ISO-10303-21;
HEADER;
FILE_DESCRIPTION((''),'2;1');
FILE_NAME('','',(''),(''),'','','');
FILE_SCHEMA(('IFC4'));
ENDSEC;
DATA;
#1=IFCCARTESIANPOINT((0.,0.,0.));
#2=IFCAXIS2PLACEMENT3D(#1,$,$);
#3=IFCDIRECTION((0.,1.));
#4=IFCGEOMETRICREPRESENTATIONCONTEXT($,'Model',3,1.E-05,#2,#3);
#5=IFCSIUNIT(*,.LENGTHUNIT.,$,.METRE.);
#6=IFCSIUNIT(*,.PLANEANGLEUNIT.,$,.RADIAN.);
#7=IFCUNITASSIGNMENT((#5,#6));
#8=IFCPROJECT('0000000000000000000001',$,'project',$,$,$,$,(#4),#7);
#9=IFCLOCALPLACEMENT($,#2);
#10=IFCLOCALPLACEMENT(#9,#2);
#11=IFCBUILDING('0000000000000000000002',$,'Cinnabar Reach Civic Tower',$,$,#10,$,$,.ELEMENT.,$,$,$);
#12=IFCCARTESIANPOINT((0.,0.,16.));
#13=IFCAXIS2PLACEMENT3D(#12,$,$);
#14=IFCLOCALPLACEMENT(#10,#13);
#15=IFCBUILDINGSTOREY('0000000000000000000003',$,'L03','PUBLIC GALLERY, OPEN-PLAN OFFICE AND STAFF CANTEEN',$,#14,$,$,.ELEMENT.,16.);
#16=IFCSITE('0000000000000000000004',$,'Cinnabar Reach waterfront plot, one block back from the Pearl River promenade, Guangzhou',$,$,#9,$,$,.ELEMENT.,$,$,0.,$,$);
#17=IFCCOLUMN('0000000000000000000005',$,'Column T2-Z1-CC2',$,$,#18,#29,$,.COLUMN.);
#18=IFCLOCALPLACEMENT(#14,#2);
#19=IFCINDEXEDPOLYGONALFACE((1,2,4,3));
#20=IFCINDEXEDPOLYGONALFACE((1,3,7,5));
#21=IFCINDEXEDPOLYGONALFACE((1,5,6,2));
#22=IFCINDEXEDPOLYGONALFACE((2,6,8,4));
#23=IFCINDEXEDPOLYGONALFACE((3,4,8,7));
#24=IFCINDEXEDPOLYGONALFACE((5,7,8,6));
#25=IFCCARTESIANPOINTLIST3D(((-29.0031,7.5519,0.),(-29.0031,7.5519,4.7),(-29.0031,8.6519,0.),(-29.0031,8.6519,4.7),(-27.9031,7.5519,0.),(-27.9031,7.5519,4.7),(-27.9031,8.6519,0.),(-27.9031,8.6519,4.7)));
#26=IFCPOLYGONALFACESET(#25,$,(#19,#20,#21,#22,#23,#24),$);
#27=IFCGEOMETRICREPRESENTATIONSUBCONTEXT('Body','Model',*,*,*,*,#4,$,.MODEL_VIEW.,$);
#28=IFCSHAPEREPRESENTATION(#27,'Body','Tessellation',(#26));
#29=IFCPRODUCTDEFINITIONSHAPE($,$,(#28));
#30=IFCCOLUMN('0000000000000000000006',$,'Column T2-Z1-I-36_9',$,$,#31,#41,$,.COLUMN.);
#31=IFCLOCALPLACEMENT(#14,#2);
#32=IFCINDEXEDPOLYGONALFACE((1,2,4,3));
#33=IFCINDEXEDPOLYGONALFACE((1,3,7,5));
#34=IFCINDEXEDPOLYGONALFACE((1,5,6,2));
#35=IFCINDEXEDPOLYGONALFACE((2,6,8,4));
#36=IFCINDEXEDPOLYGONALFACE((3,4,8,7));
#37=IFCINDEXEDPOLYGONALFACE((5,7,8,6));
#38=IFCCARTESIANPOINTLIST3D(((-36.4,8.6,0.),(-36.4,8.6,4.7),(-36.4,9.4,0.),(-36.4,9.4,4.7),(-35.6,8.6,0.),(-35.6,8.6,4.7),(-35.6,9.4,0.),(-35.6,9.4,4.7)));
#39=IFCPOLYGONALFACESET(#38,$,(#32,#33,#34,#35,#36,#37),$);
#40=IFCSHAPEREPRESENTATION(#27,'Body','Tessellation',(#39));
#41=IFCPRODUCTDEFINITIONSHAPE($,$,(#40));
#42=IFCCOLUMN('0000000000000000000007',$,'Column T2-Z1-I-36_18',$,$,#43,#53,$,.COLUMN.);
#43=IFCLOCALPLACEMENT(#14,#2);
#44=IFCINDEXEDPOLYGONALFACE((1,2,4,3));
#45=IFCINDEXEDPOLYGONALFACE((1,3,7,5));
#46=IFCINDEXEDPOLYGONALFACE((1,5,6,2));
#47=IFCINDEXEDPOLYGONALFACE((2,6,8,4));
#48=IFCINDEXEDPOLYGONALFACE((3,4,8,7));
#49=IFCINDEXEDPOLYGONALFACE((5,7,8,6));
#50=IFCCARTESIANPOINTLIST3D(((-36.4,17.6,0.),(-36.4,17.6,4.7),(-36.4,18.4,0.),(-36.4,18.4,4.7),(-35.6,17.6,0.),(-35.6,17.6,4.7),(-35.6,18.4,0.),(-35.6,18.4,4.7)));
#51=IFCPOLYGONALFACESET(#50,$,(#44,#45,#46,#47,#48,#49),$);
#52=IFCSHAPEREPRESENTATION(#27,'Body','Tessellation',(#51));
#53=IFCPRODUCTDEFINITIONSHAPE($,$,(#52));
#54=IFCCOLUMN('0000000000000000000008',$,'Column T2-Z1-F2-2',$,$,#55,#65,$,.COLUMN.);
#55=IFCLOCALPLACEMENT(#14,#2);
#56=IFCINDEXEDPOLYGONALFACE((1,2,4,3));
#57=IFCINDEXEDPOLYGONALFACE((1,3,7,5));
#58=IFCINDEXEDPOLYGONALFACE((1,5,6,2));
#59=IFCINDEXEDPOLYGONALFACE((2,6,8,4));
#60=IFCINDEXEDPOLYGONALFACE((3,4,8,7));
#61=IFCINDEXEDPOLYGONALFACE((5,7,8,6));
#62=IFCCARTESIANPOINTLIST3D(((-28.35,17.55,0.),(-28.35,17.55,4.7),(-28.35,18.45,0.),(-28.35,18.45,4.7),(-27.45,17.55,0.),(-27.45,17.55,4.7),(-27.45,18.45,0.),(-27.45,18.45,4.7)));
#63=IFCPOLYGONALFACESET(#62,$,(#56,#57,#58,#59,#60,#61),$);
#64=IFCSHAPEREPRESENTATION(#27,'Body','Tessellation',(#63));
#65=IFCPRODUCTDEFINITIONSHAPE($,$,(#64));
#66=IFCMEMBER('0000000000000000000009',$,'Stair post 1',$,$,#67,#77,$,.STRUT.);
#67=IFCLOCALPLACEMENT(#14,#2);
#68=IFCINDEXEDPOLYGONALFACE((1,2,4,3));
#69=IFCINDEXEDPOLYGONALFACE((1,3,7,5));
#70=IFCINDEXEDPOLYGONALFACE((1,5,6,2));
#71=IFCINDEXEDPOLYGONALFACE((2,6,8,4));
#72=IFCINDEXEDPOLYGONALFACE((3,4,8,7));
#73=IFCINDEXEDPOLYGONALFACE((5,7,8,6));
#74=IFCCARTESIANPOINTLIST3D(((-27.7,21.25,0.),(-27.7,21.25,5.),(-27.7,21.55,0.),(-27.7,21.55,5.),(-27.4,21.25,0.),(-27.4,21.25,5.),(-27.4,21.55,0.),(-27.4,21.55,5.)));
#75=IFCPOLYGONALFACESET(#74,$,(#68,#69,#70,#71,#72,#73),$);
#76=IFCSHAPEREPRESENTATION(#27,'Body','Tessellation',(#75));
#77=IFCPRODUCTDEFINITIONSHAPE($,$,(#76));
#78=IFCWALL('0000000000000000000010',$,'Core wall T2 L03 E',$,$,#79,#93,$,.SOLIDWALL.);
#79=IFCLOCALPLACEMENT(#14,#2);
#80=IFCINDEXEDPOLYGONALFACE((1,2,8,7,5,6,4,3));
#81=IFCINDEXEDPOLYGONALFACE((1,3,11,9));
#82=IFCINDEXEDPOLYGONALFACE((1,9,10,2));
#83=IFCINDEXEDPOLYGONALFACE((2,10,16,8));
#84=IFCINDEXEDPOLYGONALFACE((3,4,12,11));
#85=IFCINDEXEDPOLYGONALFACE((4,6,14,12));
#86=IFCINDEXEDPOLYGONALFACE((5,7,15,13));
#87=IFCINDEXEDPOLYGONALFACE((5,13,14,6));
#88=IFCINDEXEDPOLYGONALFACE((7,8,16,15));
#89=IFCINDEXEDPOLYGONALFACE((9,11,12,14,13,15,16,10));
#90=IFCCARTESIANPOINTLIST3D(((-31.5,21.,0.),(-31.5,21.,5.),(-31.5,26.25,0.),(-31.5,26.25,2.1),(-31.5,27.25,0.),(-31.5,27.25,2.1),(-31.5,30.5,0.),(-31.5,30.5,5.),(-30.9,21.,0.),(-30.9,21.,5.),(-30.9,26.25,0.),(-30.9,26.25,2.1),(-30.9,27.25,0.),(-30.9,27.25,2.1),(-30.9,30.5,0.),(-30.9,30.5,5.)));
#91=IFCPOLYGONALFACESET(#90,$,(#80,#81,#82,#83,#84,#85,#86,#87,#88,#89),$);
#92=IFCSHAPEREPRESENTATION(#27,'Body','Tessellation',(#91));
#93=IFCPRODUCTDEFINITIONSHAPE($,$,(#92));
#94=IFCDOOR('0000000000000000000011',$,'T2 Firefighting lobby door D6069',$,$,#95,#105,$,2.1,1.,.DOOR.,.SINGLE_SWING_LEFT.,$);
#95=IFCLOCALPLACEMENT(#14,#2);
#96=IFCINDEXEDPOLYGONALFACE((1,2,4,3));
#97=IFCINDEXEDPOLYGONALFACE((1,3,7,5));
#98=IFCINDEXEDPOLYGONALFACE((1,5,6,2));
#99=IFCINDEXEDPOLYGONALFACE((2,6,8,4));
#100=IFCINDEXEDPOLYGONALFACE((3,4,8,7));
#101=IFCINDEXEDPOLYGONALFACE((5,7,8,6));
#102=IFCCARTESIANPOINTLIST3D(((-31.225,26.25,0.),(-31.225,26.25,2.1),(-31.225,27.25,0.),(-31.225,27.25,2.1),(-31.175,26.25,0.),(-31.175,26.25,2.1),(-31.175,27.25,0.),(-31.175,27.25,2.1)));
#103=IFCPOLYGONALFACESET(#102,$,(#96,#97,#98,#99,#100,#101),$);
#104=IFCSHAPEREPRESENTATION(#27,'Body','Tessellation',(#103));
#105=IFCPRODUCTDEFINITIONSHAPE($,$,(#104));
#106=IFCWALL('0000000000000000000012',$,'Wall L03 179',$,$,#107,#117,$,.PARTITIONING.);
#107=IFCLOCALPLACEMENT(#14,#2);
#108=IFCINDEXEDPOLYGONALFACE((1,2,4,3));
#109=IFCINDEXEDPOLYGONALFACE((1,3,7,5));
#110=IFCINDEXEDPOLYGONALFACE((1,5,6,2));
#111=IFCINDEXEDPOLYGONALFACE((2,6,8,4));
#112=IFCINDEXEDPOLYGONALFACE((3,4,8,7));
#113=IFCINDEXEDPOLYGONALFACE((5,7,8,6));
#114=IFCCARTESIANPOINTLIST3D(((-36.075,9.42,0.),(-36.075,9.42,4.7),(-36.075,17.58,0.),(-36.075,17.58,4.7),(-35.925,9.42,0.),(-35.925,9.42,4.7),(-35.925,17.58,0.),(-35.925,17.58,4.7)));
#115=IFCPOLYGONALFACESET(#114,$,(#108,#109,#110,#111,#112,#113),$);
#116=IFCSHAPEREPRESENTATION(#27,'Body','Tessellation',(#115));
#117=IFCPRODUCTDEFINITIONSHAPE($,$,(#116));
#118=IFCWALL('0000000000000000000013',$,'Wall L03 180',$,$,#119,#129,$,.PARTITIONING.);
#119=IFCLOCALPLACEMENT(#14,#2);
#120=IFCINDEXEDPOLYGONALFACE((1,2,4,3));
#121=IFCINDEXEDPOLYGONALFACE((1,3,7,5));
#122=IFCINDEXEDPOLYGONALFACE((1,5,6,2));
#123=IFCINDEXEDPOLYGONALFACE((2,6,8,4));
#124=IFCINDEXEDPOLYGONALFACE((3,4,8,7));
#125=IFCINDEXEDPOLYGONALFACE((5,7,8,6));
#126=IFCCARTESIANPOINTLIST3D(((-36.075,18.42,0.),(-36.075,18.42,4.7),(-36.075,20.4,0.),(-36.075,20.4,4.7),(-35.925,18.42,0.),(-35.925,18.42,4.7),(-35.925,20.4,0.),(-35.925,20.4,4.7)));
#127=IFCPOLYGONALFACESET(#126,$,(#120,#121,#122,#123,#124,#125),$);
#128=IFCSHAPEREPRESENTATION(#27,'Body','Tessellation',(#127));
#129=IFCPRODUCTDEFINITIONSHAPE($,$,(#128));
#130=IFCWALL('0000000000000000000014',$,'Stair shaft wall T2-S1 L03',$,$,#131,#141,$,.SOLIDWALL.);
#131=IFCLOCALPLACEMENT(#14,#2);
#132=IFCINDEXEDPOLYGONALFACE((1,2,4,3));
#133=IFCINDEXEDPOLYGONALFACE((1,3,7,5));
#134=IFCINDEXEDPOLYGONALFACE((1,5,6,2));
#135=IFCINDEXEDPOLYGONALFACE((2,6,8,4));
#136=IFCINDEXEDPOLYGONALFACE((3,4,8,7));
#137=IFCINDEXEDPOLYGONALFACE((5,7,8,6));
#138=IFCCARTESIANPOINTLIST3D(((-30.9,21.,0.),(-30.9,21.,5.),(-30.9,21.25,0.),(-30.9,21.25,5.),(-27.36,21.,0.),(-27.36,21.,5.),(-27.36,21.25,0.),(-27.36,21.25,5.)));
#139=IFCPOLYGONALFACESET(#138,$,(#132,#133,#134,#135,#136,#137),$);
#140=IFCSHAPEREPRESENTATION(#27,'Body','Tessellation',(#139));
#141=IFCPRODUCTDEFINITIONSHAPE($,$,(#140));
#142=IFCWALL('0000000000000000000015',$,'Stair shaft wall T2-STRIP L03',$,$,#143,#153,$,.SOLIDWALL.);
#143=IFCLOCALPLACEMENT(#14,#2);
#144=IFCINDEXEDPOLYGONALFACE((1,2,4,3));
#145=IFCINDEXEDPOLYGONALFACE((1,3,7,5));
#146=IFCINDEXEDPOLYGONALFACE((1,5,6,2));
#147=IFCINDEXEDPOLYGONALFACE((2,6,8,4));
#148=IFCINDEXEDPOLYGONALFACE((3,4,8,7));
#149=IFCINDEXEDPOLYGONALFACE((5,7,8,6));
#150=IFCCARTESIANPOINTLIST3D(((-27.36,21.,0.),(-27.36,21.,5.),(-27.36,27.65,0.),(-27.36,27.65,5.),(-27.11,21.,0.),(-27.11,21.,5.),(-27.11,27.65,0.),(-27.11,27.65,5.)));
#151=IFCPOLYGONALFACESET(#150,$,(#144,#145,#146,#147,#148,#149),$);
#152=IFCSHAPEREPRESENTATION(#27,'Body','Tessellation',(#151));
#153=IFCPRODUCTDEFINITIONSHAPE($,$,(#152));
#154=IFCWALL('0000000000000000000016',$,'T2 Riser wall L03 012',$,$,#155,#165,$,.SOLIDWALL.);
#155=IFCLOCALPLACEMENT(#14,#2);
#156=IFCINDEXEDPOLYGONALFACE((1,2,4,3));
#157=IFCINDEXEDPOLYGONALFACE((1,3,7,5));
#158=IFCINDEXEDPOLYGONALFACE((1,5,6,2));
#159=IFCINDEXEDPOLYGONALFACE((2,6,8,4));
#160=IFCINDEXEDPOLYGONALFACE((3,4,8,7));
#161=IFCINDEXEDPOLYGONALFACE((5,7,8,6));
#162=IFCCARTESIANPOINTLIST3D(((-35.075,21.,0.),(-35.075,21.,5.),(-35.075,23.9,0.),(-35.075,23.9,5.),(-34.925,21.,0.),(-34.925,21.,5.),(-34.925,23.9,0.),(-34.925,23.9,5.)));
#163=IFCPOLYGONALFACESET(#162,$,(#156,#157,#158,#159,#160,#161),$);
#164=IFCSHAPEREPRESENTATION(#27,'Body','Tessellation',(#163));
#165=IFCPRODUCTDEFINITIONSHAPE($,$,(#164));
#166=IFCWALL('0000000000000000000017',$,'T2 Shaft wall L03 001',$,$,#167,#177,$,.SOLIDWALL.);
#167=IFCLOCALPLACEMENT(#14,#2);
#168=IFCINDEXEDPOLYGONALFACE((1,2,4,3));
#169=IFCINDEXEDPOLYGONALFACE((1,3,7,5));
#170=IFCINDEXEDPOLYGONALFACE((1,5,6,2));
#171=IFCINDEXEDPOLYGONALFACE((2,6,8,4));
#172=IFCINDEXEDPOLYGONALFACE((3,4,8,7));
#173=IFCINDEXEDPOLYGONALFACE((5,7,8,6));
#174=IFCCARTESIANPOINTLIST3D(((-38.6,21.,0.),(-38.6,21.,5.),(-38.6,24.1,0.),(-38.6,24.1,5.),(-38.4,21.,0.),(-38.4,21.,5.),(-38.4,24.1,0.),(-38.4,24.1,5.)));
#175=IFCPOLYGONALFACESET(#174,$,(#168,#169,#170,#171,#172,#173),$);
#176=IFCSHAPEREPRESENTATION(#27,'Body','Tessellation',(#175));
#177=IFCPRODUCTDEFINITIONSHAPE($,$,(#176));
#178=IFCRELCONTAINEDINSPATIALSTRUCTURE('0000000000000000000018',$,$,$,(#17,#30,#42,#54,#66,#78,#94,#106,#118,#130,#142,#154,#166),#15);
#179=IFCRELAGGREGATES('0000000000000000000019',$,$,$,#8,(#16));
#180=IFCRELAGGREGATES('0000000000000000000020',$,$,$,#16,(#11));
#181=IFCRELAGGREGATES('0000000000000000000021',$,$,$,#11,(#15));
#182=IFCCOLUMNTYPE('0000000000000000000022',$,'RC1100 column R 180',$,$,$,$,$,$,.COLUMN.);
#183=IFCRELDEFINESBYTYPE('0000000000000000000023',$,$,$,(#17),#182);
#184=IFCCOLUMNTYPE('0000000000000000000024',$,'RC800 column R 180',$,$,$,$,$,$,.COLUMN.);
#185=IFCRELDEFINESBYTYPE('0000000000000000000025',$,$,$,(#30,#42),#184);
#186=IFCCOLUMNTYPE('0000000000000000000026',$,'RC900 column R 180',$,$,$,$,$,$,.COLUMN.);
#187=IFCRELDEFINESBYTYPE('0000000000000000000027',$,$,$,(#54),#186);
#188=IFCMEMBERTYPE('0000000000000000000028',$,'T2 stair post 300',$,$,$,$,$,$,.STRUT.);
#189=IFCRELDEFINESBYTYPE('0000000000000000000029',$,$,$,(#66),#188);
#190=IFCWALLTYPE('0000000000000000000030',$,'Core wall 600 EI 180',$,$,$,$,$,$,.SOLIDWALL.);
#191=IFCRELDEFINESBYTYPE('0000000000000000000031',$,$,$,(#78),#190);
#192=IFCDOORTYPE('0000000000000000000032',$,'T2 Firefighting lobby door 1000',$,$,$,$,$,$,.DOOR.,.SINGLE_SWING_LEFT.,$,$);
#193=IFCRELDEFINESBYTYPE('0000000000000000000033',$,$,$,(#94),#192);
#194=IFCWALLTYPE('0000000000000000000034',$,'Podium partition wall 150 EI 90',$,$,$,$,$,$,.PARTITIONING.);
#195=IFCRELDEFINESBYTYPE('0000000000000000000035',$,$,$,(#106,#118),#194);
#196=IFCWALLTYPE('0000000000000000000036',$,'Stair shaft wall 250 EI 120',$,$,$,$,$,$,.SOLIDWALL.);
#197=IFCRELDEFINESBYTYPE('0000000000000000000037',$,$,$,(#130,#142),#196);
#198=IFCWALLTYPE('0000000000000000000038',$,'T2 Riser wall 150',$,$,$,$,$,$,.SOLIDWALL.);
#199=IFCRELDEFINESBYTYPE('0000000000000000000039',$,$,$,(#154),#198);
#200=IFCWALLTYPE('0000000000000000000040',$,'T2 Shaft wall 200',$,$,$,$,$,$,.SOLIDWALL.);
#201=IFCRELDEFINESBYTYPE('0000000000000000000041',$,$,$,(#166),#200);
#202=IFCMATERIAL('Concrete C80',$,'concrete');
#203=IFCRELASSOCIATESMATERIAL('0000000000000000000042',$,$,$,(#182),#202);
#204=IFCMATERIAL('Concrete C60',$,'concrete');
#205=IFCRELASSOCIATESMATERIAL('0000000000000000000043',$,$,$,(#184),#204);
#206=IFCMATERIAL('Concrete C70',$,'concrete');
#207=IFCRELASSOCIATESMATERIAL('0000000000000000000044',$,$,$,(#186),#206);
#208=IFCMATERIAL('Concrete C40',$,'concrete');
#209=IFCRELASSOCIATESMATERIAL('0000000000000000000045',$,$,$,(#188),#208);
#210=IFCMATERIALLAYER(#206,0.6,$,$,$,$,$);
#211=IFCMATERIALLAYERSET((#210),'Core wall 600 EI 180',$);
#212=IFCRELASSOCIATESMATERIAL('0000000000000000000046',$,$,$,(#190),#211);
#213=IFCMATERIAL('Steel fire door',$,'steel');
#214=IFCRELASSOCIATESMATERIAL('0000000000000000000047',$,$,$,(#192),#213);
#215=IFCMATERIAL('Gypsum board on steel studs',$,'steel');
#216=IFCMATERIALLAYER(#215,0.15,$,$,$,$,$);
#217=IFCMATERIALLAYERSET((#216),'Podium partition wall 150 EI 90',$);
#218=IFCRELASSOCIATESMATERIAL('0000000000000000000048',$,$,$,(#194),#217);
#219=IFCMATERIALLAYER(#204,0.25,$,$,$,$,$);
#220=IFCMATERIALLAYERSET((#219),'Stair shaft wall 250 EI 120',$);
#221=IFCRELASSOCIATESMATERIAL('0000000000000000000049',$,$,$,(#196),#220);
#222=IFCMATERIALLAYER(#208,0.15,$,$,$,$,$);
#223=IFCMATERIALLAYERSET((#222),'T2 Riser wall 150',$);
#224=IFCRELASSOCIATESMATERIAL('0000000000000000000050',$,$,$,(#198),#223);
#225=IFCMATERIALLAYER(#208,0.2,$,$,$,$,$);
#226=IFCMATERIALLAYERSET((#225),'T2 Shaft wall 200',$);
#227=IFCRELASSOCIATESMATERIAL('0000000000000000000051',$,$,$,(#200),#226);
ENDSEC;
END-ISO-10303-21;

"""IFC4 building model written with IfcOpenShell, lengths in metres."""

from ifc_helpers import new_model, si_unit, direction, frame, frame_2d, origin, origin_2d, place, context, subcontext, project, spatial, rectangle, extrude, material, layer, layer_set, material_profile, profile_set, type_object, element, fill, save


model = new_model("IFC4")

# Units and contexts
model_context = context("Model", 3, precision=1e-05, world=origin(), true_north=direction((0.0, 1.0)))
body_context = subcontext(model_context, "Body", "Model", "MODEL_VIEW")
ifc_project = project(units=[si_unit("LENGTHUNIT", "METRE"), si_unit("PLANEANGLEUNIT", "RADIAN")], contexts=[model_context])

# Site, building, storey
site_placement = place(None, origin())
site = spatial("IfcSite", under=ifc_project, at=site_placement, Name="Cinnabar Reach waterfront plot, one block back from the Pearl River promenade, Guangzhou", CompositionType="ELEMENT", RefElevation=0.0)
building_placement = place(site_placement, origin())
building = spatial("IfcBuilding", under=site, at=building_placement, Name="Cinnabar Reach Civic Tower", CompositionType="ELEMENT")
storey_placement = place(building_placement, frame((0.0, 0.0, 16.0)))
storey = spatial("IfcBuildingStorey", under=building, at=storey_placement, Name="L03", Description="PUBLIC GALLERY, OPEN-PLAN OFFICE AND STAFF CANTEEN", CompositionType="ELEMENT", Elevation=16.0)

# Columns
ifc_material_1 = material(Name="Concrete C80", Category="concrete")
ifc_material_profile_1 = material_profile(ifc_material_1, rectangle(XDim=1.1, YDim=1.1, at=origin_2d()), Name="RC1100")
ifc_profile_set_1 = profile_set([ifc_material_profile_1], Name="Concrete C80")
column_type_1 = type_object("IfcColumnType", Name="RC1100 column R 180", PredefinedType="COLUMN", material=ifc_profile_set_1)
column_1_placement = place(storey_placement, frame((-28.4531, 8.1019, 0.0), z_axis=(0.0, 0.0, 1.0), x_axis=(1.0, 0.0, 0.0)))
element("IfcColumn", 1, at=column_1_placement, inside=storey, type_object=column_type_1, Name="Column T2-Z1-CC2", PredefinedType="COLUMN", context=body_context, shape_type="SweptSolid", body=[
    extrude(rectangle(XDim=1.1, YDim=1.1, at=origin_2d()), origin(), (0.0, 0.0, 1.0), 4.7),
])
ifc_material_2 = material(Name="Concrete C60", Category="concrete")
ifc_material_profile_2 = material_profile(ifc_material_2, rectangle(XDim=0.8, YDim=0.8, at=origin_2d()), Name="RC800")
ifc_profile_set_2 = profile_set([ifc_material_profile_2], Name="Concrete C60")
column_type_2 = type_object("IfcColumnType", Name="RC800 column R 180", PredefinedType="COLUMN", material=ifc_profile_set_2)
for number, where, z_axis, x_axis, name in (
    (2, (-36.0, 9.0, 0.0), (0.0, 0.0, 1.0), (1.0, 0.0, 0.0), "Column T2-Z1-I-36_9"),
    (3, (-36.0, 18.0, 0.0), (0.0, 0.0, 1.0), (1.0, 0.0, 0.0), "Column T2-Z1-I-36_18"),
):
    element("IfcColumn", number, at=place(storey_placement, frame(where, z_axis=z_axis, x_axis=x_axis)), inside=storey, type_object=column_type_2, Name=name, PredefinedType="COLUMN", context=body_context, shape_type="SweptSolid", body=[
        extrude(rectangle(XDim=0.8, YDim=0.8, at=origin_2d()), origin(), (0.0, 0.0, 1.0), 4.7),
    ])
ifc_material_3 = material(Name="Concrete C70", Category="concrete")
ifc_material_profile_3 = material_profile(ifc_material_3, rectangle(XDim=0.9, YDim=0.9, at=origin_2d()), Name="RC900")
ifc_profile_set_3 = profile_set([ifc_material_profile_3], Name="Concrete C70")
column_type_3 = type_object("IfcColumnType", Name="RC900 column R 180", PredefinedType="COLUMN", material=ifc_profile_set_3)
column_2_placement = place(storey_placement, frame((-27.9, 18.0, 0.0), z_axis=(0.0, 0.0, 1.0), x_axis=(1.0, 0.0, 0.0)))
element("IfcColumn", 4, at=column_2_placement, inside=storey, type_object=column_type_3, Name="Column T2-Z1-F2-2", PredefinedType="COLUMN", context=body_context, shape_type="SweptSolid", body=[
    extrude(rectangle(XDim=0.9, YDim=0.9, at=origin_2d()), origin(), (0.0, 0.0, 1.0), 4.7),
])

# Member
ifc_material_4 = material(Name="Concrete C40", Category="concrete")
ifc_material_profile_4 = material_profile(ifc_material_4, rectangle(XDim=0.3, YDim=0.3, at=origin_2d()), Name="C300")
ifc_profile_set_4 = profile_set([ifc_material_profile_4], Name="Concrete C40")
member_type = type_object("IfcMemberType", Name="T2 stair post 300", PredefinedType="STRUT", material=ifc_profile_set_4)
member_placement = place(storey_placement, frame((-27.55, 21.4, 0.0), z_axis=(0.0, 0.0, 1.0), x_axis=(1.0, 0.0, 0.0)))
element("IfcMember", 5, at=member_placement, inside=storey, type_object=member_type, Name="Stair post 1", PredefinedType="STRUT", context=body_context, shape_type="SweptSolid", body=[
    extrude(rectangle(XDim=0.3, YDim=0.3, at=origin_2d()), origin(), (0.0, 0.0, 1.0), 5.0),
])

# Wall, opening, door
ifc_layer_1 = layer(ifc_material_3, 0.6)
ifc_layer_set_1 = layer_set([ifc_layer_1], Name="Core wall 600 EI 180")
wall_type_1 = type_object("IfcWallType", Name="Core wall 600 EI 180", PredefinedType="SOLIDWALL", material=ifc_layer_set_1)
wall_1_placement = place(storey_placement, frame((-31.2, 21.0, 0.0), z_axis=(0.0, 0.0, 1.0), x_axis=(0.0, 1.0, 0.0)))
wall_1 = element("IfcWall", 6, at=wall_1_placement, inside=storey, type_object=wall_type_1, Name="Core wall T2 L03 E", PredefinedType="SOLIDWALL", context=body_context, shape_type="SweptSolid", body=[
    extrude(rectangle(XDim=9.5, YDim=0.6, at=frame_2d((4.75, 0.0))), origin(), (0.0, 0.0, 1.0), 5.0),
])
opening_placement = place(wall_1_placement, frame((5.25, 0.0, 0.0)))
opening = element("IfcOpeningElement", 7, at=opening_placement, cuts=wall_1, PredefinedType="OPENING", context=body_context, shape_type="SweptSolid", body=[
    extrude(rectangle(XDim=1.0, YDim=2.1, at=frame_2d((0.5, 1.05))), frame((0.0, 0.31, 0.0), z_axis=(0.0, -1.0, 0.0), x_axis=(1.0, 0.0, 0.0)), (0.0, 0.0, 1.0), 0.62),
])
ifc_material_5 = material(Name="Steel fire door", Category="steel")
door_type = type_object("IfcDoorType", Name="T2 Firefighting lobby door 1000", OperationType="SINGLE_SWING_LEFT", PredefinedType="DOOR", material=ifc_material_5)
door_placement = place(opening_placement, frame((1.0, 0.0, 0.0), z_axis=(0.0, 0.0, 1.0), x_axis=(-1.0, 0.0, 0.0)))
door = element("IfcDoor", 8, at=door_placement, inside=storey, type_object=door_type, Name="T2 Firefighting lobby door D6069", OperationType="SINGLE_SWING_LEFT", OverallHeight=2.1, OverallWidth=1.0, PredefinedType="DOOR", context=body_context, shape_type="SweptSolid", body=[
    extrude(rectangle(XDim=1.0, YDim=2.1, at=frame_2d((0.5, 1.05))), frame((0.0, 0.025, 0.0), z_axis=(0.0, -1.0, 0.0), x_axis=(1.0, 0.0, 0.0)), (0.0, 0.0, 1.0), 0.05),
])
fill(opening, door)

# Walls
ifc_material_6 = material(Name="Gypsum board on steel studs", Category="steel")
ifc_layer_2 = layer(ifc_material_6, 0.15)
ifc_layer_set_2 = layer_set([ifc_layer_2], Name="Podium partition wall 150 EI 90")
wall_type_2 = type_object("IfcWallType", Name="Podium partition wall 150 EI 90", PredefinedType="PARTITIONING", material=ifc_layer_set_2)
wall_2_placement = place(storey_placement, frame((-36.0, 9.42, 0.0), z_axis=(0.0, 0.0, 1.0), x_axis=(0.0, 1.0, 0.0)))
element("IfcWall", 9, at=wall_2_placement, inside=storey, type_object=wall_type_2, Name="Wall L03 179", PredefinedType="PARTITIONING", context=body_context, shape_type="SweptSolid", body=[
    extrude(rectangle(XDim=8.16, YDim=0.15, at=frame_2d((4.08, 0.0))), origin(), (0.0, 0.0, 1.0), 4.7),
])
wall_3_placement = place(storey_placement, frame((-36.0, 18.42, 0.0), z_axis=(0.0, 0.0, 1.0), x_axis=(0.0, 1.0, 0.0)))
element("IfcWall", 10, at=wall_3_placement, inside=storey, type_object=wall_type_2, Name="Wall L03 180", PredefinedType="PARTITIONING", context=body_context, shape_type="SweptSolid", body=[
    extrude(rectangle(XDim=1.98, YDim=0.15, at=frame_2d((0.99, 0.0))), origin(), (0.0, 0.0, 1.0), 4.7),
])
ifc_layer_3 = layer(ifc_material_2, 0.25)
ifc_layer_set_3 = layer_set([ifc_layer_3], Name="Stair shaft wall 250 EI 120")
wall_type_3 = type_object("IfcWallType", Name="Stair shaft wall 250 EI 120", PredefinedType="SOLIDWALL", material=ifc_layer_set_3)
wall_4_placement = place(storey_placement, frame((-30.9, 21.125, 0.0), z_axis=(0.0, 0.0, 1.0), x_axis=(1.0, 0.0, 0.0)))
element("IfcWall", 11, at=wall_4_placement, inside=storey, type_object=wall_type_3, Name="Stair shaft wall T2-S1 L03", PredefinedType="SOLIDWALL", context=body_context, shape_type="SweptSolid", body=[
    extrude(rectangle(XDim=3.54, YDim=0.25, at=frame_2d((1.77, 0.0))), origin(), (0.0, 0.0, 1.0), 5.0),
])
wall_5_placement = place(storey_placement, frame((-27.235, 21.0, 0.0), z_axis=(0.0, 0.0, 1.0), x_axis=(0.0, 1.0, 0.0)))
element("IfcWall", 12, at=wall_5_placement, inside=storey, type_object=wall_type_3, Name="Stair shaft wall T2-STRIP L03", PredefinedType="SOLIDWALL", context=body_context, shape_type="SweptSolid", body=[
    extrude(rectangle(XDim=6.65, YDim=0.25, at=frame_2d((3.325, 0.0))), origin(), (0.0, 0.0, 1.0), 5.0),
])
ifc_layer_4 = layer(ifc_material_4, 0.15)
ifc_layer_set_4 = layer_set([ifc_layer_4], Name="T2 Riser wall 150")
wall_type_4 = type_object("IfcWallType", Name="T2 Riser wall 150", PredefinedType="SOLIDWALL", material=ifc_layer_set_4)
wall_6_placement = place(storey_placement, frame((-35.0, 21.0, 0.0), z_axis=(0.0, 0.0, 1.0), x_axis=(0.0, 1.0, 0.0)))
element("IfcWall", 13, at=wall_6_placement, inside=storey, type_object=wall_type_4, Name="T2 Riser wall L03 012", PredefinedType="SOLIDWALL", context=body_context, shape_type="SweptSolid", body=[
    extrude(rectangle(XDim=2.9, YDim=0.15, at=frame_2d((1.45, 0.0))), origin(), (0.0, 0.0, 1.0), 5.0),
])
ifc_layer_5 = layer(ifc_material_4, 0.2)
ifc_layer_set_5 = layer_set([ifc_layer_5], Name="T2 Shaft wall 200")
wall_type_5 = type_object("IfcWallType", Name="T2 Shaft wall 200", PredefinedType="SOLIDWALL", material=ifc_layer_set_5)
wall_7_placement = place(storey_placement, frame((-38.5, 21.0, 0.0), z_axis=(0.0, 0.0, 1.0), x_axis=(0.0, 1.0, 0.0)))
element("IfcWall", 14, at=wall_7_placement, inside=storey, type_object=wall_type_5, Name="T2 Shaft wall L03 001", PredefinedType="SOLIDWALL", context=body_context, shape_type="SweptSolid", body=[
    extrude(rectangle(XDim=3.1, YDim=0.2, at=frame_2d((1.55, 0.0))), origin(), (0.0, 0.0, 1.0), 5.0),
])

save(model, "model.ifc")
